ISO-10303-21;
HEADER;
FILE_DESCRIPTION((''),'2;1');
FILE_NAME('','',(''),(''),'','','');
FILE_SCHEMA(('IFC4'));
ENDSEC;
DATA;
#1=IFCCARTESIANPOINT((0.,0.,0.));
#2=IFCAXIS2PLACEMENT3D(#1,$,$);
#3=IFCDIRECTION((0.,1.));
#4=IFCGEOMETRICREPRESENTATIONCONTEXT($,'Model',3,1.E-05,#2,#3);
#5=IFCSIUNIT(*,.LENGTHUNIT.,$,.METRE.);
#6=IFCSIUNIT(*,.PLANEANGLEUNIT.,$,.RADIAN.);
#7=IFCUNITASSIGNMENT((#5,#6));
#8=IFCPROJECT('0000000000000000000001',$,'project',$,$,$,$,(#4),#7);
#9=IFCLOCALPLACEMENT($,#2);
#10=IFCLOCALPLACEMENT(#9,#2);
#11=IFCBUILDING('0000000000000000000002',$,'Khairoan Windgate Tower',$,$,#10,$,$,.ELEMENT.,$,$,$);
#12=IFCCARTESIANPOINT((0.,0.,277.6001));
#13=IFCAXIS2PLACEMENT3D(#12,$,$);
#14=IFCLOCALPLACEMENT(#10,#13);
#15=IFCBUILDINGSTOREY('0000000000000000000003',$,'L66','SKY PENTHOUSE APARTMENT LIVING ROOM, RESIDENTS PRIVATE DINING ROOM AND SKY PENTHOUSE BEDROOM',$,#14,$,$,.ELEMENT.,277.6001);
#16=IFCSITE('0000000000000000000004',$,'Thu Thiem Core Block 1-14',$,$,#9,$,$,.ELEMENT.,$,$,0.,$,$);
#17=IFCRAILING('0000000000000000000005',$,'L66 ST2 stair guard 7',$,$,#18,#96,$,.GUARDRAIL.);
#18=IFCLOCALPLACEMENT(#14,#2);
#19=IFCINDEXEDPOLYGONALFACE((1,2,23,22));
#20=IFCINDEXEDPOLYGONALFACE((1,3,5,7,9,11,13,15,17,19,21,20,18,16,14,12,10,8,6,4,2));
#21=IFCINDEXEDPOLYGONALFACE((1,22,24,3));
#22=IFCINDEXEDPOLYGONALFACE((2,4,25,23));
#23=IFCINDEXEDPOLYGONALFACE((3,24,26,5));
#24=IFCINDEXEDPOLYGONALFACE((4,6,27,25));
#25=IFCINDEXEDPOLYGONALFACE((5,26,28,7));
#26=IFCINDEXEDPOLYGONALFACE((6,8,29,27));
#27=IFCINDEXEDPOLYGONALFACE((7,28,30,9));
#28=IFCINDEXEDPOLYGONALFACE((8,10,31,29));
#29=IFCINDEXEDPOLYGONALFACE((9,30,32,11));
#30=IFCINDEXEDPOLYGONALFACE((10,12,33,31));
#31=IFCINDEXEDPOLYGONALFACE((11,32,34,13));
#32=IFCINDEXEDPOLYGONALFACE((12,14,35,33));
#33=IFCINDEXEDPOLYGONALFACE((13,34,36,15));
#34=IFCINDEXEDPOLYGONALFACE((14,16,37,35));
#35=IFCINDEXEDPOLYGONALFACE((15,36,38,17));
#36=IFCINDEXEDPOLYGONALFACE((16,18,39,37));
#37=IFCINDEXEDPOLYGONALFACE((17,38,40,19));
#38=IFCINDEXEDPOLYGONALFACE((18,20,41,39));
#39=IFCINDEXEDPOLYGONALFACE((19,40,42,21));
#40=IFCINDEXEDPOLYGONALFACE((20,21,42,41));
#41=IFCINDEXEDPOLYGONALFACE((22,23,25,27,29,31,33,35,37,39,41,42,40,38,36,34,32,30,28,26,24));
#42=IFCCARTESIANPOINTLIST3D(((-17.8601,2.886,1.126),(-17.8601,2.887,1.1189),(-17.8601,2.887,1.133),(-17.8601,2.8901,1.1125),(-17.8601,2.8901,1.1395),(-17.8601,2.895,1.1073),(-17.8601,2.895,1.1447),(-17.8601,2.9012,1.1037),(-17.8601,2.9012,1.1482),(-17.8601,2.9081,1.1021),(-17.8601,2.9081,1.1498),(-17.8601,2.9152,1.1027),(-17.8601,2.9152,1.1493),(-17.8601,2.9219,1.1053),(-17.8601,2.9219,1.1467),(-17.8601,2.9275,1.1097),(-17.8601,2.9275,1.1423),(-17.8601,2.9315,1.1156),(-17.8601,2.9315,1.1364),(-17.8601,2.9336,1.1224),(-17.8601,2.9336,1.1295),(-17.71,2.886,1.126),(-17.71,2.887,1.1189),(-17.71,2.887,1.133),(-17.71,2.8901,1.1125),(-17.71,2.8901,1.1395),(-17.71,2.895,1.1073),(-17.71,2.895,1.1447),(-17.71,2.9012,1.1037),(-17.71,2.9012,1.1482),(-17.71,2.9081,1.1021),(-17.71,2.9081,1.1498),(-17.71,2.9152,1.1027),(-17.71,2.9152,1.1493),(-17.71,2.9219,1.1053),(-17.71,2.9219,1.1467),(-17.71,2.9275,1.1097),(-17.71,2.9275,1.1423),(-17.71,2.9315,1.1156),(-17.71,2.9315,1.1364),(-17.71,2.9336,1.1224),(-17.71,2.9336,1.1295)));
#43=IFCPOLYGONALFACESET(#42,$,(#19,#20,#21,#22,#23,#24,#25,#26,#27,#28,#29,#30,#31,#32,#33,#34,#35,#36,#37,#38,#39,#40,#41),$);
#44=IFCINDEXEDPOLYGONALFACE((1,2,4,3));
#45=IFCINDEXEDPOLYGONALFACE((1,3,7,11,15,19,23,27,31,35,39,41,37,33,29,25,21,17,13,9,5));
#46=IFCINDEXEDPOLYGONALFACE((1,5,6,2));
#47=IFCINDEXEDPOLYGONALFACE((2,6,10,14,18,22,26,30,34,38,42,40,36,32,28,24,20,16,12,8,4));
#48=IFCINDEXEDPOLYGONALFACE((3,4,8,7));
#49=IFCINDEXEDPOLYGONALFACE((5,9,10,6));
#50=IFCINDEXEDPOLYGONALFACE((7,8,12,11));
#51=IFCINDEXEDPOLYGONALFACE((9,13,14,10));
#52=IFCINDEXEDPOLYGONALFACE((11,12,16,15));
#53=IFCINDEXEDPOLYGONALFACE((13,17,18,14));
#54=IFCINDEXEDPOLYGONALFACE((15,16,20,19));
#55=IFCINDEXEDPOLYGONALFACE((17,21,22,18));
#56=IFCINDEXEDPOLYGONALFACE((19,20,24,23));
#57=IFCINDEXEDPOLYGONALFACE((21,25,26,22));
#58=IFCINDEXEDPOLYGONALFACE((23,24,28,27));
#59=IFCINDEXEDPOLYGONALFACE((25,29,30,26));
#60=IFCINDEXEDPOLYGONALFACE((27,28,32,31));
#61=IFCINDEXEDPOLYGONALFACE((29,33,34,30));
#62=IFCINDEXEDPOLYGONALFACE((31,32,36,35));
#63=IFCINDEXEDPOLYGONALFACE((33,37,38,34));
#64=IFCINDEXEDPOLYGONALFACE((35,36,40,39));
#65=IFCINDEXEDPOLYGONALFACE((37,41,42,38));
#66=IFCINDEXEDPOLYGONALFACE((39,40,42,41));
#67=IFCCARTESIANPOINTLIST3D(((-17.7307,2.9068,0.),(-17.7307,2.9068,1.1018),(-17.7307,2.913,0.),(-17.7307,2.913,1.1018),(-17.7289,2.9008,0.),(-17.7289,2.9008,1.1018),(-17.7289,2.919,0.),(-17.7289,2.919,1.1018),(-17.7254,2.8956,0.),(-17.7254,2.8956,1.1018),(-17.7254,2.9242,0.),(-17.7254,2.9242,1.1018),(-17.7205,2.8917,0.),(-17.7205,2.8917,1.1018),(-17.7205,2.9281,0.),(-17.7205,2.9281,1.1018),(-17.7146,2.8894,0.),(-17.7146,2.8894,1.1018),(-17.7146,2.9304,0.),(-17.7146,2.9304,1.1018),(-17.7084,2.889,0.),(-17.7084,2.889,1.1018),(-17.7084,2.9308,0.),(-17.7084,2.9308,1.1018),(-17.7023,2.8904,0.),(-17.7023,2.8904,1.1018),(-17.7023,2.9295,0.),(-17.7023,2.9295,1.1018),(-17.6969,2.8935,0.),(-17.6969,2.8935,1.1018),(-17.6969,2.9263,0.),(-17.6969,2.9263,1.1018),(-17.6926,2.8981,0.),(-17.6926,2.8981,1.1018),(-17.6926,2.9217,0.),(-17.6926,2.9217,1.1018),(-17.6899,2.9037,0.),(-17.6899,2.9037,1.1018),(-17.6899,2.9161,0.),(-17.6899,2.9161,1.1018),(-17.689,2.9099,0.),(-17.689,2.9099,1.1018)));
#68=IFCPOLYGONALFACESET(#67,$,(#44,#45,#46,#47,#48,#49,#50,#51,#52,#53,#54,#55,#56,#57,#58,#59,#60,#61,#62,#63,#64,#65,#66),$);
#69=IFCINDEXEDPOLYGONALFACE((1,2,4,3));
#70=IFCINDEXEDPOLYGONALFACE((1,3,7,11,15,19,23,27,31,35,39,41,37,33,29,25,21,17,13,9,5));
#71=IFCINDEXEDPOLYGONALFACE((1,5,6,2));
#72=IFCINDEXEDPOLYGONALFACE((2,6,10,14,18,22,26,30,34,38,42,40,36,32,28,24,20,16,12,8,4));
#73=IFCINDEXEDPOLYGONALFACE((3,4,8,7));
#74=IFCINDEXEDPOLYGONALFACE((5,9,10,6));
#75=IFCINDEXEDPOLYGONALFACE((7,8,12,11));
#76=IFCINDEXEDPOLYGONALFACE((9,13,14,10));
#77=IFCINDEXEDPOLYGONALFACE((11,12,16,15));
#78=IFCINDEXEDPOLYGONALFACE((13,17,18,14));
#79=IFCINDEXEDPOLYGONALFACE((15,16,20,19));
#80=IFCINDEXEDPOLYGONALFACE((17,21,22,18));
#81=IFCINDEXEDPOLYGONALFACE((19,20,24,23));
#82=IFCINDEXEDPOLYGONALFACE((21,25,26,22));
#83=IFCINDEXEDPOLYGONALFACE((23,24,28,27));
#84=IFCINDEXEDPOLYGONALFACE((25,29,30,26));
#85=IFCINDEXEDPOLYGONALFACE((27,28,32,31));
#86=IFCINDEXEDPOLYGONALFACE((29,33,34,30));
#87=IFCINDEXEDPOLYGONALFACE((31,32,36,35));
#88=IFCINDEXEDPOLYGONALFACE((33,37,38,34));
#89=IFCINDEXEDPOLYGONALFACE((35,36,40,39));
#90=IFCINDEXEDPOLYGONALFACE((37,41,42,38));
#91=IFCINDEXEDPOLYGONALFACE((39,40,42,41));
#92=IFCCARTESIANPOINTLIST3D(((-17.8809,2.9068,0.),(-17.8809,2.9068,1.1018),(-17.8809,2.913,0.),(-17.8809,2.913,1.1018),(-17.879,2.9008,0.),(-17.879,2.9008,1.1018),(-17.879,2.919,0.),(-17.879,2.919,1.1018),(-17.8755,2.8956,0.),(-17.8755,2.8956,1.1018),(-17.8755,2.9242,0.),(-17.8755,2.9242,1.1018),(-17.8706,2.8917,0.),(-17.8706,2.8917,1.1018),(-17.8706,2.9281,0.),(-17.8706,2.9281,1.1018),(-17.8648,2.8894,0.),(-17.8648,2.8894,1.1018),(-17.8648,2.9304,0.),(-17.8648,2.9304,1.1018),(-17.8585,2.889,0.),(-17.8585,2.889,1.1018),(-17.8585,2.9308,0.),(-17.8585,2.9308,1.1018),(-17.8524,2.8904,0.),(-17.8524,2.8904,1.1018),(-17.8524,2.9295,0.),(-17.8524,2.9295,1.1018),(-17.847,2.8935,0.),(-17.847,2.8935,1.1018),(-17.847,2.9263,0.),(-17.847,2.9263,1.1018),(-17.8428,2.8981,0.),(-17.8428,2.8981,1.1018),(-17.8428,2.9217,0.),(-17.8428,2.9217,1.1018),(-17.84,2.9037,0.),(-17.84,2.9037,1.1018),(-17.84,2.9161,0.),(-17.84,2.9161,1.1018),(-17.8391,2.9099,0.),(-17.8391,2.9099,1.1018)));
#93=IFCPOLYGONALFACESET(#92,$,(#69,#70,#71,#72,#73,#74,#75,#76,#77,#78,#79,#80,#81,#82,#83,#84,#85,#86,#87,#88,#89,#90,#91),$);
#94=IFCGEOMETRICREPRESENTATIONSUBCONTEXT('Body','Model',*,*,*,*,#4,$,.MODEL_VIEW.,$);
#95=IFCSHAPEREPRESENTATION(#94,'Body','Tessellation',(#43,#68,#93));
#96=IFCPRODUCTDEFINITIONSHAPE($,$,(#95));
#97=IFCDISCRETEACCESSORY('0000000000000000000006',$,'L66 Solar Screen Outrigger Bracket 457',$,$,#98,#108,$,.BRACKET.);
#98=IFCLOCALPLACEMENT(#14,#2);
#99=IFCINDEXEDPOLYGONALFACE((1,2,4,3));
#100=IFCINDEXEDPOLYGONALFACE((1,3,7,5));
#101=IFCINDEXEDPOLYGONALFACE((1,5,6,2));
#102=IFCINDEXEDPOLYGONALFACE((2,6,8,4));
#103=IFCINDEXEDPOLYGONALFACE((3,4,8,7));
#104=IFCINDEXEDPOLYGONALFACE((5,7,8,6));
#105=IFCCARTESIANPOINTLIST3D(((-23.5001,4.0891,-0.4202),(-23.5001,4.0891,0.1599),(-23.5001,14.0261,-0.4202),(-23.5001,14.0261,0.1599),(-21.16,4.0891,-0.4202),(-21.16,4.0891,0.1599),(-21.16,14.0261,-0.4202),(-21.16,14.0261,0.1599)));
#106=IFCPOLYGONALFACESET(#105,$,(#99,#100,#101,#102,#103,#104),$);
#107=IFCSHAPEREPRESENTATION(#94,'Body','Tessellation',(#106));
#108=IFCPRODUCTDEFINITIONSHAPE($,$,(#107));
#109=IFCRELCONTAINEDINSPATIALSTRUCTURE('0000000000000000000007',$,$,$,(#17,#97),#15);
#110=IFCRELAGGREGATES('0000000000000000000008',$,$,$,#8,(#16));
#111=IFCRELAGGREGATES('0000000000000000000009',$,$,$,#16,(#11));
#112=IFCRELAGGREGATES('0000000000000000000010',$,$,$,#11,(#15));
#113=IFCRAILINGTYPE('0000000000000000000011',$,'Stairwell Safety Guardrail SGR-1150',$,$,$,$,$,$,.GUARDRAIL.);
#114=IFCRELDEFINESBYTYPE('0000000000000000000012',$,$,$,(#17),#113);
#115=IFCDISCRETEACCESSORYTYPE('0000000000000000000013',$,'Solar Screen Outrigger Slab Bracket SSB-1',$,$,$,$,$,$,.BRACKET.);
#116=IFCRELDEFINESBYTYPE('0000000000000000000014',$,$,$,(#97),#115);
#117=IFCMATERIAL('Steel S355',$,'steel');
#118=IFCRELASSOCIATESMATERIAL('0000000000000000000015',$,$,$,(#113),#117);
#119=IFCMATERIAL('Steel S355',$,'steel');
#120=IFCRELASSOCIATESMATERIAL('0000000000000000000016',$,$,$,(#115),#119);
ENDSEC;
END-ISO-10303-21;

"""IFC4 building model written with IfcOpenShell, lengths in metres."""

from ifc_helpers import new_model, si_unit, direction, frame, origin, origin_2d, place, context, subcontext, project, spatial, rectangle, circle, extrude, material, type_object, element, save


model = new_model("IFC4")

# Units and contexts
model_context = context("Model", 3, precision=1e-05, world=origin(), true_north=direction((0.0, 1.0)))
body_context = subcontext(model_context, "Body", "Model", "MODEL_VIEW")
ifc_project = project(units=[si_unit("LENGTHUNIT", "METRE"), si_unit("PLANEANGLEUNIT", "RADIAN")], contexts=[model_context])

# Site, building, storey
site_placement = place(None, origin())
site = spatial("IfcSite", under=ifc_project, at=site_placement, Name="Thu Thiem Core Block 1-14", CompositionType="ELEMENT", RefElevation=0.0)
building_placement = place(site_placement, origin())
building = spatial("IfcBuilding", under=site, at=building_placement, Name="Khairoan Windgate Tower", CompositionType="ELEMENT")
storey_placement = place(building_placement, frame((0.0, 0.0, 277.6001)))
storey = spatial("IfcBuildingStorey", under=building, at=storey_placement, Name="L66", Description="SKY PENTHOUSE APARTMENT LIVING ROOM, RESIDENTS PRIVATE DINING ROOM AND SKY PENTHOUSE BEDROOM", CompositionType="ELEMENT", Elevation=277.6001)

# Railing
ifc_material_1 = material(Name="Steel S355", Category="steel")
railing_type_1 = type_object("IfcRailingType", Name="Stairwell Safety Guardrail SGR-1150", PredefinedType="GUARDRAIL", material=ifc_material_1)
railing_1_placement = place(storey_placement, frame((-17.71, 2.9099, 0.0)))
element("IfcRailing", 1, at=railing_1_placement, inside=storey, type_object=railing_type_1, Name="L66 ST2 stair guard 7", PredefinedType="GUARDRAIL", context=body_context, shape_type="SweptSolid", body=[
    extrude(circle(Radius=0.0239, at=origin_2d()), frame((0.0, 0.0, 1.126), z_axis=(-1.0, 0.0, 0.0), x_axis=(0.0, -1.0, 0.0)), (0.0, 0.0, 1.0), 0.1501),
    extrude(circle(Radius=0.021, at=origin_2d()), origin(), (0.0, 0.0, 1.0), 1.1018),
    extrude(circle(Radius=0.021, at=origin_2d()), frame((-0.1501, 0.0, 0.0)), (0.0, 0.0, 1.0), 1.1018),
])

# Discrete accessory
ifc_material_2 = material(Name="Steel S355", Category="steel")
discrete_accessory_type = type_object("IfcDiscreteAccessoryType", Name="Solar Screen Outrigger Slab Bracket SSB-1", PredefinedType="BRACKET", material=ifc_material_2)
discrete_accessory_placement = place(storey_placement, frame((-22.3301, 9.0576, -0.4202), z_axis=(0.0, 0.0, 1.0), x_axis=(0.0, 1.0, 0.0)))
element("IfcDiscreteAccessory", 2, at=discrete_accessory_placement, inside=storey, type_object=discrete_accessory_type, Name="L66 Solar Screen Outrigger Bracket 457", PredefinedType="BRACKET", context=body_context, shape_type="SweptSolid", body=[
    extrude(rectangle(XDim=9.937, YDim=2.3401, at=origin_2d()), origin(), (0.0, 0.0, 1.0), 0.5801),
])

save(model, "model.ifc")
